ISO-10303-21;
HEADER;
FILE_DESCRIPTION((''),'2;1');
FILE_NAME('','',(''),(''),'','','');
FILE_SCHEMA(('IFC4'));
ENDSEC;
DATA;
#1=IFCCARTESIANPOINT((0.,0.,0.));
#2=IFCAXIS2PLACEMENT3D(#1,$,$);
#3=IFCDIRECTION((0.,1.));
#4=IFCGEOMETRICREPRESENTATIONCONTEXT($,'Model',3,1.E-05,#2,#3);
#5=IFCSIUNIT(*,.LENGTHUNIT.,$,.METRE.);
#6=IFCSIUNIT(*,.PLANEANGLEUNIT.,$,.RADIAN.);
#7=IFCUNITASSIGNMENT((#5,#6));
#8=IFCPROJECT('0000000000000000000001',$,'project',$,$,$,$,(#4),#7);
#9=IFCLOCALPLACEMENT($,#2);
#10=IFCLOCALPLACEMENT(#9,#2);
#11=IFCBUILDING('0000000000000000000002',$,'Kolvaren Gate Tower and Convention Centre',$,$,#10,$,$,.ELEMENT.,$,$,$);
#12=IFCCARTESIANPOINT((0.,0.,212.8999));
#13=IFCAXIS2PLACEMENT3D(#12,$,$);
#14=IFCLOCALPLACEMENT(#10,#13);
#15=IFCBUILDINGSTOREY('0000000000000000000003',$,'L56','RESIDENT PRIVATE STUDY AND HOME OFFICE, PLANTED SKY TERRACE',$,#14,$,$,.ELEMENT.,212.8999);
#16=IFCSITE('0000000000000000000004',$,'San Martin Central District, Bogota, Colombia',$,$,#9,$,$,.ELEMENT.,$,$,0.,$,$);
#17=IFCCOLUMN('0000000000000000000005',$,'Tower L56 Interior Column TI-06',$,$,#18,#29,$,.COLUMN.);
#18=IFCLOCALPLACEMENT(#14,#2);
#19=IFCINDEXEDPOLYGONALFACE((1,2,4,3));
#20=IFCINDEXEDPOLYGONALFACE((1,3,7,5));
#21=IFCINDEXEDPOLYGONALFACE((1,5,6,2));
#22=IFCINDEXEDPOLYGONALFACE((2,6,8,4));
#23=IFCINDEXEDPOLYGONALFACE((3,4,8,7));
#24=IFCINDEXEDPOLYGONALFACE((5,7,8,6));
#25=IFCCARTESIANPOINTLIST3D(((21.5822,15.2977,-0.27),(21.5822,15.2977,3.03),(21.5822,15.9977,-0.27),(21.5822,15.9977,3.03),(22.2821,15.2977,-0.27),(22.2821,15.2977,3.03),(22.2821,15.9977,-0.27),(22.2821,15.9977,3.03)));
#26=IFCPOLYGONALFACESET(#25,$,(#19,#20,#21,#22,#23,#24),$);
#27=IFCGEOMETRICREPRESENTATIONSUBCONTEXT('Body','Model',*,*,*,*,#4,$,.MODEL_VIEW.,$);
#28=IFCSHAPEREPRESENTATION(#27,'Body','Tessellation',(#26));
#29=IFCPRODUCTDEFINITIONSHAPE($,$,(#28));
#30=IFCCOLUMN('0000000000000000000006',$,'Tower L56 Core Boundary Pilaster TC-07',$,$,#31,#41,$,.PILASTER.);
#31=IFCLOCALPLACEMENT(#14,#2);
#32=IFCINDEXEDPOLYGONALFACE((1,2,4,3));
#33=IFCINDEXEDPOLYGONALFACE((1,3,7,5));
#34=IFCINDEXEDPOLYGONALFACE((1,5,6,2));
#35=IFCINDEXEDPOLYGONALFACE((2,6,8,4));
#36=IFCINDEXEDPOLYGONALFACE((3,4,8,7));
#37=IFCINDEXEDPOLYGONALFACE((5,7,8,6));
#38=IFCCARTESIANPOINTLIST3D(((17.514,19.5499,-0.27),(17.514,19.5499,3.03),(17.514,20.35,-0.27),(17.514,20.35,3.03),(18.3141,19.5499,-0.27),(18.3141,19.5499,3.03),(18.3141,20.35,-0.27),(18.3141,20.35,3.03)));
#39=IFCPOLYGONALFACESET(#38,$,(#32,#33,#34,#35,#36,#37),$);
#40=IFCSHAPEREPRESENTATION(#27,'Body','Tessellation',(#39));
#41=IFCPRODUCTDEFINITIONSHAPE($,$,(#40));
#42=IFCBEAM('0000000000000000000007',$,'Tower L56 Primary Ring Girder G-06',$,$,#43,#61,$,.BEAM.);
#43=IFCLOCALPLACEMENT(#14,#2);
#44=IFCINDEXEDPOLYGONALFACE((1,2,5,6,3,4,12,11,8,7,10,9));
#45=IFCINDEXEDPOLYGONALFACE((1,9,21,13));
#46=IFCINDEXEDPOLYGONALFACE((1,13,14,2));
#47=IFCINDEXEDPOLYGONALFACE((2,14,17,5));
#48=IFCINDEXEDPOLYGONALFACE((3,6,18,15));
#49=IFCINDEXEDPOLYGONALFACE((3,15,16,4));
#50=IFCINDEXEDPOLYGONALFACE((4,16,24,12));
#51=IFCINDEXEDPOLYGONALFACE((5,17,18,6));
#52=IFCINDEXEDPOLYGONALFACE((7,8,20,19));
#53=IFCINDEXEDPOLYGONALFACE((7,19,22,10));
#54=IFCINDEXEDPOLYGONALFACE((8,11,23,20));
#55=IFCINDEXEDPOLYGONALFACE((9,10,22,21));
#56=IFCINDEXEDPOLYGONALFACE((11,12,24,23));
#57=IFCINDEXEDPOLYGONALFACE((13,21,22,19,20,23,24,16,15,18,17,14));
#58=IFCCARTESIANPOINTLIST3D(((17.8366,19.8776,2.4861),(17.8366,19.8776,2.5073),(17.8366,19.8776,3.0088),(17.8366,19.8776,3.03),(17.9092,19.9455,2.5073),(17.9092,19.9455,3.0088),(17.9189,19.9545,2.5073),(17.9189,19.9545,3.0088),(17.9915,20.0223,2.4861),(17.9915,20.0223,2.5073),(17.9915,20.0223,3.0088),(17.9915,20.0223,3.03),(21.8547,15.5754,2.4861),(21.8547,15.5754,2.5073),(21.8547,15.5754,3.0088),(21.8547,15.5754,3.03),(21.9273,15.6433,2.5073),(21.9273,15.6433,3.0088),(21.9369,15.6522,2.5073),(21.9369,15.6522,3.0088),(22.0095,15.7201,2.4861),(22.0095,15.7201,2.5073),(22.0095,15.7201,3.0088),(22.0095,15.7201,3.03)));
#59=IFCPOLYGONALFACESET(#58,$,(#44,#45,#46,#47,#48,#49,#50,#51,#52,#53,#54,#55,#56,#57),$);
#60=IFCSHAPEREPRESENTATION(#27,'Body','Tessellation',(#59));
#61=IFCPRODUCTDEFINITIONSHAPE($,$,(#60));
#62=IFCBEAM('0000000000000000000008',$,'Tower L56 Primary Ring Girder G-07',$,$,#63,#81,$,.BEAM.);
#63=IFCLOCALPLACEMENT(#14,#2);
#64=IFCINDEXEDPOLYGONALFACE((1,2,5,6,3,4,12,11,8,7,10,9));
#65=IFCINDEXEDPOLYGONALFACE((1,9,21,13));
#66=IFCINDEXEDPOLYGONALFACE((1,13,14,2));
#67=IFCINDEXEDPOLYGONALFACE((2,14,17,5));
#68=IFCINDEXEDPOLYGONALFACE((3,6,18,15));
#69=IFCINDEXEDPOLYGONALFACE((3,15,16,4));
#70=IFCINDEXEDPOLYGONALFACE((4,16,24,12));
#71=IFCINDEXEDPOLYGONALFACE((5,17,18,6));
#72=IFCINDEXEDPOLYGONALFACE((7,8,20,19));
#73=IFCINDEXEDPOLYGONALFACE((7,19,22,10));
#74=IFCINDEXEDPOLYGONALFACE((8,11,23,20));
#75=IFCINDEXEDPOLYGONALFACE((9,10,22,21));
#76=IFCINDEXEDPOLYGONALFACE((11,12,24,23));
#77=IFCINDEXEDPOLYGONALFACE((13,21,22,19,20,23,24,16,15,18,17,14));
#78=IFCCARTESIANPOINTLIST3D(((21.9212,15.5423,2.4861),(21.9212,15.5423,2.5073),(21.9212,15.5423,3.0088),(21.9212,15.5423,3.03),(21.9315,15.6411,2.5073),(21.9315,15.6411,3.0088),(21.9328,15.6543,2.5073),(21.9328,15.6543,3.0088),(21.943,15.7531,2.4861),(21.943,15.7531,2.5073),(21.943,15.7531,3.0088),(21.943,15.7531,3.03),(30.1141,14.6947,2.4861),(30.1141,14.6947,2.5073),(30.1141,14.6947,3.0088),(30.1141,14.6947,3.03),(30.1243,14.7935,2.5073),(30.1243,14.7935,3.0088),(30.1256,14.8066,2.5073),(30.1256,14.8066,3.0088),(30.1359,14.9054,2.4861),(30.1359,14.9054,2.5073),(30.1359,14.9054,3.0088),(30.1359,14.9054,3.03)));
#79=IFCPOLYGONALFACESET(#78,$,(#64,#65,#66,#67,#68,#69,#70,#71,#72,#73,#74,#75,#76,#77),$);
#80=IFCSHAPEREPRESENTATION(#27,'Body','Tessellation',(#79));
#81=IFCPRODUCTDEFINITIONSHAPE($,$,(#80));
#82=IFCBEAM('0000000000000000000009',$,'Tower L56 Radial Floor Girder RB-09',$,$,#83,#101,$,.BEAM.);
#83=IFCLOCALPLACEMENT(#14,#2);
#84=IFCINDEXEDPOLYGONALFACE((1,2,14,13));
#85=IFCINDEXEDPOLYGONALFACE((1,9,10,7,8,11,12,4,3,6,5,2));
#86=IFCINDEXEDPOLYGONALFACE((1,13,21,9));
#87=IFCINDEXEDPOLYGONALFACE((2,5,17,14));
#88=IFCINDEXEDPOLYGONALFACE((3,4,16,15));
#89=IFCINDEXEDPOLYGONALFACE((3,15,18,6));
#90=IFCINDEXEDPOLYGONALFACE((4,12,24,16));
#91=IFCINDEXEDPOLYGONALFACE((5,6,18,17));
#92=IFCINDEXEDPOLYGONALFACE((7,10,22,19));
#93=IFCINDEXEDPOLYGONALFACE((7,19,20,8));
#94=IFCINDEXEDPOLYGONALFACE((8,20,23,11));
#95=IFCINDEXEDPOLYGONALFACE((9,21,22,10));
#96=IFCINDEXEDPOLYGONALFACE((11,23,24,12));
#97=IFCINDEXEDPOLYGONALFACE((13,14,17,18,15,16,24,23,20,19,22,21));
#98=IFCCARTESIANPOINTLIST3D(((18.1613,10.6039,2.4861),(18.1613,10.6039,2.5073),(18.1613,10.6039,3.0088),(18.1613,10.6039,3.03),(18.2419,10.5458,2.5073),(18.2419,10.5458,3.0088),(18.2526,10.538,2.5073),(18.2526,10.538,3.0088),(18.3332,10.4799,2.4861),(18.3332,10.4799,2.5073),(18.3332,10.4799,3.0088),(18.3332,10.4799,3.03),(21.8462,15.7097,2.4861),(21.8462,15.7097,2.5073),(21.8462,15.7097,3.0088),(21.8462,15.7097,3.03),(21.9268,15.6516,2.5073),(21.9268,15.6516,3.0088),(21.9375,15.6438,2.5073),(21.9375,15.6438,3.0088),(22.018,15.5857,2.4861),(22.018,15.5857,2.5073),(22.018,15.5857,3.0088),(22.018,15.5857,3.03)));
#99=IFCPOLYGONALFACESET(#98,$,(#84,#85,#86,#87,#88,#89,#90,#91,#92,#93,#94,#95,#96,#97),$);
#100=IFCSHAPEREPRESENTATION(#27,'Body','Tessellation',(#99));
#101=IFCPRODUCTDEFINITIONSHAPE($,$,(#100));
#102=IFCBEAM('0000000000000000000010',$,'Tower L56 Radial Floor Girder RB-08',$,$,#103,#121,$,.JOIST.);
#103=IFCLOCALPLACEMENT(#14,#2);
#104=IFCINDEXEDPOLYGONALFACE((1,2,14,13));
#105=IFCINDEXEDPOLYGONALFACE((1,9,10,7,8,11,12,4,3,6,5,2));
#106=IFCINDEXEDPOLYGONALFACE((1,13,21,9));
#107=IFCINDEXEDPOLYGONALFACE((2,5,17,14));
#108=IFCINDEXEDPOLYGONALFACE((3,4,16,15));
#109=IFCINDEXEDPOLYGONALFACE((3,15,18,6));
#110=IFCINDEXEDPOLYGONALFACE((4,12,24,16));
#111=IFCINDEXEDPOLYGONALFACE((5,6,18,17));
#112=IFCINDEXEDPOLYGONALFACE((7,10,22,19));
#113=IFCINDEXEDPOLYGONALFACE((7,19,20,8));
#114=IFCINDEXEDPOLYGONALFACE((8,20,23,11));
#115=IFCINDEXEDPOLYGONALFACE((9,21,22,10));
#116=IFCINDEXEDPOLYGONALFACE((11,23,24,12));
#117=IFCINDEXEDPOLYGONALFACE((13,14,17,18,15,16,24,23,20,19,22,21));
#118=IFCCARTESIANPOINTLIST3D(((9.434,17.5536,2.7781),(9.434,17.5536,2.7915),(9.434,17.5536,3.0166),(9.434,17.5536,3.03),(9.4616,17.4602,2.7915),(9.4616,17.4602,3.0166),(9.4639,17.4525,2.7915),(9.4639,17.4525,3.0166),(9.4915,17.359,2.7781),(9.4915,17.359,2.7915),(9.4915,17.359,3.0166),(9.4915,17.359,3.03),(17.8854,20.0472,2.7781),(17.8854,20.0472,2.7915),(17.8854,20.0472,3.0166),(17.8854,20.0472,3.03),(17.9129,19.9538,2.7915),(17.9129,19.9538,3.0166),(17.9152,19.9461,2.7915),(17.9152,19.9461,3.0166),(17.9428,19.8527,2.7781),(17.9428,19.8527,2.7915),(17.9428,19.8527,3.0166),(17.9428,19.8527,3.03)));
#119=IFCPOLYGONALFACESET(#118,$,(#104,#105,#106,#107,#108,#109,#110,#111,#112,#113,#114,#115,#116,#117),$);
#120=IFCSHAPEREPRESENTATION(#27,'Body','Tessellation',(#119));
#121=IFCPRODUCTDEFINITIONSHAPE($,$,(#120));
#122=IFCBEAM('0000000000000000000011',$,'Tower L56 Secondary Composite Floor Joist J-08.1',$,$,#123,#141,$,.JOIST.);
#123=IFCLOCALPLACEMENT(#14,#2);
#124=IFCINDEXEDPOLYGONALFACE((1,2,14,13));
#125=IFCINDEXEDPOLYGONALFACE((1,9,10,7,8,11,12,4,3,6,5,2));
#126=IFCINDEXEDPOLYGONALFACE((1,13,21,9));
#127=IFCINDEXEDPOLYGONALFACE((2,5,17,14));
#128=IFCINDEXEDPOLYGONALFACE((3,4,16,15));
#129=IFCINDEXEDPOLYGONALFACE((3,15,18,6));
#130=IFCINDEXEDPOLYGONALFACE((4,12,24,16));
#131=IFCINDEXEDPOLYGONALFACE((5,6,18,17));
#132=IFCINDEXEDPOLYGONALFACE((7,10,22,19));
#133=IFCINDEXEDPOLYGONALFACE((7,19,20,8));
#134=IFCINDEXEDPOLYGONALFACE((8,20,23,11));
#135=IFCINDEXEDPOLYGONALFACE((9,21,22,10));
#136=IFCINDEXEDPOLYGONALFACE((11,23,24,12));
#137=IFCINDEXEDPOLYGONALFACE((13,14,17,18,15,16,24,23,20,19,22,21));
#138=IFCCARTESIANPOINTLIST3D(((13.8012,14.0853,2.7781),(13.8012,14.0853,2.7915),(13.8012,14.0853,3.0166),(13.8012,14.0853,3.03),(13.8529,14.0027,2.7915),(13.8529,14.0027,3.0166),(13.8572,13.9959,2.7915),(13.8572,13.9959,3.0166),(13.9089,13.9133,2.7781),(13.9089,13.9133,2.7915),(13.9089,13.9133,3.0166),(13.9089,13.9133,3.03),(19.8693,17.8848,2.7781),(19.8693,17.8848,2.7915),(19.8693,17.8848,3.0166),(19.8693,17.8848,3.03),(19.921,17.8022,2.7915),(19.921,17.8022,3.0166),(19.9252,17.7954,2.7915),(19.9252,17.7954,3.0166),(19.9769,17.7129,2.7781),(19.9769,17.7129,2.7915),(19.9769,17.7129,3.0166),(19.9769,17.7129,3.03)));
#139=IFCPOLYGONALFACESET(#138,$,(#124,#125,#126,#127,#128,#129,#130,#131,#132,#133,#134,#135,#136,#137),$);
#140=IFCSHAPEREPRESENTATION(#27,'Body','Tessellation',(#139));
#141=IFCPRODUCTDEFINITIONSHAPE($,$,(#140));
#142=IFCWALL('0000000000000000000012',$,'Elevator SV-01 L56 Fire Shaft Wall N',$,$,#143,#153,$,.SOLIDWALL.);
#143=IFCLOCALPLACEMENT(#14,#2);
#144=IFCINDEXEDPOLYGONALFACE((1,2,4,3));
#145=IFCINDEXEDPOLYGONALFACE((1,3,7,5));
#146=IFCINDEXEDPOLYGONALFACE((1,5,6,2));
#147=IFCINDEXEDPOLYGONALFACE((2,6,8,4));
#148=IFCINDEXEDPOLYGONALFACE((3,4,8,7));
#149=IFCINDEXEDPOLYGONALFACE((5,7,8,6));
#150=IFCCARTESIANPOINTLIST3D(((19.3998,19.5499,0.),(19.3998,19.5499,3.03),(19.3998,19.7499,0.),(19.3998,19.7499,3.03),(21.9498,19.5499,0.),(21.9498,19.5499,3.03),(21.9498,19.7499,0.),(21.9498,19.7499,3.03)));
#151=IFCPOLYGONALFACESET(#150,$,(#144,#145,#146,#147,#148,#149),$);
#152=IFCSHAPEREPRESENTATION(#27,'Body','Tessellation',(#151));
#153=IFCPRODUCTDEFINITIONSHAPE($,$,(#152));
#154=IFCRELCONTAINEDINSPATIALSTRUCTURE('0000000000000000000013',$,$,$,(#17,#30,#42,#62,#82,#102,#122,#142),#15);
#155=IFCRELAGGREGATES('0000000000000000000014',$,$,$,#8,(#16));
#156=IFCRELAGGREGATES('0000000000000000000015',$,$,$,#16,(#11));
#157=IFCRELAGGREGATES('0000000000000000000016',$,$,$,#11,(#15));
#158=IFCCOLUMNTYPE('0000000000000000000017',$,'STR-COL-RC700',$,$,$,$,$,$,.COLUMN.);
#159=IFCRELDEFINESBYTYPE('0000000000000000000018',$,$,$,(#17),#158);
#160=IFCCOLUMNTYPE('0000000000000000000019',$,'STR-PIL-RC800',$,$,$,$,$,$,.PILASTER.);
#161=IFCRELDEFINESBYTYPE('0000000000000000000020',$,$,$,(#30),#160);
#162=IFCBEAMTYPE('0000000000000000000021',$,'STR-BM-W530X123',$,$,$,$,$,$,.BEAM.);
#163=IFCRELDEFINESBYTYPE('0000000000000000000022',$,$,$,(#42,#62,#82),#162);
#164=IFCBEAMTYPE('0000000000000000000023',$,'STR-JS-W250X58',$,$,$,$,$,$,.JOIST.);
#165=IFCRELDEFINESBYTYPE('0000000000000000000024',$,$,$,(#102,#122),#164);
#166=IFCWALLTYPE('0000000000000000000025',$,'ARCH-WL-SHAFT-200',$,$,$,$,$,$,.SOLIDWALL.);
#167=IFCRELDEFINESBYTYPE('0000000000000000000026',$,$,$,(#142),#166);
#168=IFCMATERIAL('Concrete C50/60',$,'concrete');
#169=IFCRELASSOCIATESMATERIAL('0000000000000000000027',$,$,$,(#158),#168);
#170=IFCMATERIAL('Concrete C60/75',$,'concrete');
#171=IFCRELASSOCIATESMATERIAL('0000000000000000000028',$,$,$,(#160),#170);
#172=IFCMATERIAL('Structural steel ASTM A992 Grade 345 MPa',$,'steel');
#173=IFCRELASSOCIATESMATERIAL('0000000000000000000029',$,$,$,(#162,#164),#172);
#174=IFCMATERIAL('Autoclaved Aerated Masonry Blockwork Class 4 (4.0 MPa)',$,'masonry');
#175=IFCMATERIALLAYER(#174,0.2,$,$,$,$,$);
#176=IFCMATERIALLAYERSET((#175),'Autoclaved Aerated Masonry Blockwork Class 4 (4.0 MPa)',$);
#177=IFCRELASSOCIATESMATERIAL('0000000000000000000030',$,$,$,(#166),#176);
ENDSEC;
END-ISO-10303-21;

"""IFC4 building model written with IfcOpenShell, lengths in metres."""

from ifc_helpers import new_model, si_unit, direction, frame, frame_2d, origin, origin_2d, place, context, subcontext, project, spatial, rectangle, i_section, extrude, material, layer, layer_set, material_profile, profile_set, type_object, element, save


model = new_model("IFC4")

# Units and contexts
model_context = context("Model", 3, precision=1e-05, world=origin(), true_north=direction((0.0, 1.0)))
body_context = subcontext(model_context, "Body", "Model", "MODEL_VIEW")
ifc_project = project(units=[si_unit("LENGTHUNIT", "METRE"), si_unit("PLANEANGLEUNIT", "RADIAN")], contexts=[model_context])

# Site, building, storey
site_placement = place(None, origin())
site = spatial("IfcSite", under=ifc_project, at=site_placement, Name="San Martin Central District, Bogota, Colombia", CompositionType="ELEMENT", RefElevation=0.0)
building_placement = place(site_placement, origin())
building = spatial("IfcBuilding", under=site, at=building_placement, Name="Kolvaren Gate Tower and Convention Centre", CompositionType="ELEMENT")
storey_placement = place(building_placement, frame((0.0, 0.0, 212.8999)))
storey = spatial("IfcBuildingStorey", under=building, at=storey_placement, Name="L56", Description="RESIDENT PRIVATE STUDY AND HOME OFFICE, PLANTED SKY TERRACE", CompositionType="ELEMENT", Elevation=212.8999)

# Columns
ifc_material_1 = material(Name="Concrete C50/60", Category="concrete")
ifc_material_profile_1 = material_profile(ifc_material_1, rectangle(XDim=0.7, YDim=0.7, at=origin_2d()), Name="RC-COL-700X700")
ifc_profile_set_1 = profile_set([ifc_material_profile_1], Name="Concrete C50/60")
column_type_1 = type_object("IfcColumnType", Name="STR-COL-RC700", PredefinedType="COLUMN", material=ifc_profile_set_1)
column_1_placement = place(storey_placement, frame((21.9321, 15.6477, -0.27), z_axis=(0.0, 0.0, 1.0), x_axis=(1.0, 0.0, 0.0)))
element("IfcColumn", 1, at=column_1_placement, inside=storey, type_object=column_type_1, Name="Tower L56 Interior Column TI-06", PredefinedType="COLUMN", context=body_context, shape_type="SweptSolid", body=[
    extrude(rectangle(XDim=0.7, YDim=0.7, at=origin_2d()), origin(), (0.0, 0.0, 1.0), 3.3),
])
ifc_material_2 = material(Name="Concrete C60/75", Category="concrete")
ifc_material_profile_2 = material_profile(ifc_material_2, rectangle(XDim=0.8, YDim=0.8, at=origin_2d()), Name="RC-COL-800X800")
ifc_profile_set_2 = profile_set([ifc_material_profile_2], Name="Concrete C60/75")
column_type_2 = type_object("IfcColumnType", Name="STR-PIL-RC800", PredefinedType="PILASTER", material=ifc_profile_set_2)
column_2_placement = place(storey_placement, frame((17.9141, 19.95, -0.27), z_axis=(0.0, 0.0, 1.0), x_axis=(1.0, 0.0, 0.0)))
element("IfcColumn", 2, at=column_2_placement, inside=storey, type_object=column_type_2, Name="Tower L56 Core Boundary Pilaster TC-07", PredefinedType="PILASTER", context=body_context, shape_type="SweptSolid", body=[
    extrude(rectangle(XDim=0.8, YDim=0.8, at=origin_2d()), origin(), (0.0, 0.0, 1.0), 3.3),
])

# Beams
ifc_material_3 = material(Name="Structural steel ASTM A992 Grade 345 MPa", Category="steel")
ifc_material_profile_3 = material_profile(ifc_material_3, i_section(OverallWidth=0.2119, OverallDepth=0.5439, WebThickness=0.0132, FlangeThickness=0.0212, at=origin_2d()), Name="W530X123")
ifc_profile_set_3 = profile_set([ifc_material_profile_3], Name="Structural steel ASTM A992 Grade 345 MPa")
beam_type_1 = type_object("IfcBeamType", Name="STR-BM-W530X123", PredefinedType="BEAM", material=ifc_profile_set_3)
beam_1_placement = place(storey_placement, frame((17.9141, 19.95, 2.7581), z_axis=(0.682558, -0.730832, 0.0), x_axis=(0.730832, 0.682558, 0.0)))
element("IfcBeam", 3, at=beam_1_placement, inside=storey, type_object=beam_type_1, Name="Tower L56 Primary Ring Girder G-06", PredefinedType="BEAM", context=body_context, shape_type="SweptSolid", body=[
    extrude(i_section(OverallWidth=0.2119, OverallDepth=0.5439, WebThickness=0.0132, FlangeThickness=0.0212, at=origin_2d()), origin(), (0.0, 0.0, 1.0), 5.8867),
])
beam_2_placement = place(storey_placement, frame((21.9321, 15.6477, 2.7581), z_axis=(0.99469, -0.102913, 0.0), x_axis=(0.102913, 0.99469, 0.0)))
element("IfcBeam", 4, at=beam_2_placement, inside=storey, type_object=beam_type_1, Name="Tower L56 Primary Ring Girder G-07", PredefinedType="BEAM", context=body_context, shape_type="SweptSolid", body=[
    extrude(i_section(OverallWidth=0.2119, OverallDepth=0.5439, WebThickness=0.0132, FlangeThickness=0.0212, at=origin_2d()), origin(), (0.0, 0.0, 1.0), 8.2366),
])
beam_3_placement = place(storey_placement, frame((21.9321, 15.6477, 2.7581), z_axis=(-0.585214, -0.810879, 0.0), x_axis=(0.810879, -0.585214, 0.0)))
element("IfcBeam", 5, at=beam_3_placement, inside=storey, type_object=beam_type_1, Name="Tower L56 Radial Floor Girder RB-09", PredefinedType="BEAM", context=body_context, shape_type="SweptSolid", body=[
    extrude(i_section(OverallWidth=0.2119, OverallDepth=0.5439, WebThickness=0.0132, FlangeThickness=0.0212, at=origin_2d()), origin(), (0.0, 0.0, 1.0), 6.2966),
])
ifc_material_profile_4 = material_profile(ifc_material_3, i_section(OverallWidth=0.2029, OverallDepth=0.252, WebThickness=0.0081, FlangeThickness=0.0134, at=origin_2d()), Name="W250X58")
ifc_profile_set_4 = profile_set([ifc_material_profile_4], Name="Structural steel ASTM A992 Grade 345 MPa")
beam_type_2 = type_object("IfcBeamType", Name="STR-JS-W250X58", PredefinedType="JOIST", material=ifc_profile_set_4)
beam_4_placement = place(storey_placement, frame((17.9141, 19.95, 2.9041), z_axis=(-0.959121, -0.282996, 0.0), x_axis=(0.282996, -0.959121, 0.0)))
element("IfcBeam", 6, at=beam_4_placement, inside=storey, type_object=beam_type_2, Name="Tower L56 Radial Floor Girder RB-08", PredefinedType="JOIST", context=body_context, shape_type="SweptSolid", body=[
    extrude(i_section(OverallWidth=0.2029, OverallDepth=0.252, WebThickness=0.0081, FlangeThickness=0.0134, at=origin_2d()), origin(), (0.0, 0.0, 1.0), 8.8115),
])
beam_5_placement = place(storey_placement, frame((19.9231, 17.7988, 2.9041), z_axis=(-0.847559, -0.530701, 0.0), x_axis=(0.530701, -0.847559, 0.0)))
element("IfcBeam", 7, at=beam_5_placement, inside=storey, type_object=beam_type_2, Name="Tower L56 Secondary Composite Floor Joist J-08.1", PredefinedType="JOIST", context=body_context, shape_type="SweptSolid", body=[
    extrude(i_section(OverallWidth=0.2029, OverallDepth=0.252, WebThickness=0.0081, FlangeThickness=0.0134, at=origin_2d()), origin(), (0.0, 0.0, 1.0), 7.1594),
])

# Wall
ifc_material_4 = material(Name="Autoclaved Aerated Masonry Blockwork Class 4 (4.0 MPa)", Category="masonry")
ifc_layer_1 = layer(ifc_material_4, 0.2)
ifc_layer_set_1 = layer_set([ifc_layer_1], Name="Autoclaved Aerated Masonry Blockwork Class 4 (4.0 MPa)")
wall_type_1 = type_object("IfcWallType", Name="ARCH-WL-SHAFT-200", PredefinedType="SOLIDWALL", material=ifc_layer_set_1)
wall_1_placement = place(storey_placement, frame((19.3999, 19.6499, 0.0), z_axis=(0.0, 0.0, 1.0), x_axis=(1.0, 0.0, 0.0)))
element("IfcWall", 8, at=wall_1_placement, inside=storey, type_object=wall_type_1, Name="Elevator SV-01 L56 Fire Shaft Wall N", PredefinedType="SOLIDWALL", context=body_context, shape_type="SweptSolid", body=[
    extrude(rectangle(XDim=2.55, YDim=0.2, at=frame_2d((1.2749, 0.0))), origin(), (0.0, 0.0, 1.0), 3.03),
])

save(model, "model.ifc")
